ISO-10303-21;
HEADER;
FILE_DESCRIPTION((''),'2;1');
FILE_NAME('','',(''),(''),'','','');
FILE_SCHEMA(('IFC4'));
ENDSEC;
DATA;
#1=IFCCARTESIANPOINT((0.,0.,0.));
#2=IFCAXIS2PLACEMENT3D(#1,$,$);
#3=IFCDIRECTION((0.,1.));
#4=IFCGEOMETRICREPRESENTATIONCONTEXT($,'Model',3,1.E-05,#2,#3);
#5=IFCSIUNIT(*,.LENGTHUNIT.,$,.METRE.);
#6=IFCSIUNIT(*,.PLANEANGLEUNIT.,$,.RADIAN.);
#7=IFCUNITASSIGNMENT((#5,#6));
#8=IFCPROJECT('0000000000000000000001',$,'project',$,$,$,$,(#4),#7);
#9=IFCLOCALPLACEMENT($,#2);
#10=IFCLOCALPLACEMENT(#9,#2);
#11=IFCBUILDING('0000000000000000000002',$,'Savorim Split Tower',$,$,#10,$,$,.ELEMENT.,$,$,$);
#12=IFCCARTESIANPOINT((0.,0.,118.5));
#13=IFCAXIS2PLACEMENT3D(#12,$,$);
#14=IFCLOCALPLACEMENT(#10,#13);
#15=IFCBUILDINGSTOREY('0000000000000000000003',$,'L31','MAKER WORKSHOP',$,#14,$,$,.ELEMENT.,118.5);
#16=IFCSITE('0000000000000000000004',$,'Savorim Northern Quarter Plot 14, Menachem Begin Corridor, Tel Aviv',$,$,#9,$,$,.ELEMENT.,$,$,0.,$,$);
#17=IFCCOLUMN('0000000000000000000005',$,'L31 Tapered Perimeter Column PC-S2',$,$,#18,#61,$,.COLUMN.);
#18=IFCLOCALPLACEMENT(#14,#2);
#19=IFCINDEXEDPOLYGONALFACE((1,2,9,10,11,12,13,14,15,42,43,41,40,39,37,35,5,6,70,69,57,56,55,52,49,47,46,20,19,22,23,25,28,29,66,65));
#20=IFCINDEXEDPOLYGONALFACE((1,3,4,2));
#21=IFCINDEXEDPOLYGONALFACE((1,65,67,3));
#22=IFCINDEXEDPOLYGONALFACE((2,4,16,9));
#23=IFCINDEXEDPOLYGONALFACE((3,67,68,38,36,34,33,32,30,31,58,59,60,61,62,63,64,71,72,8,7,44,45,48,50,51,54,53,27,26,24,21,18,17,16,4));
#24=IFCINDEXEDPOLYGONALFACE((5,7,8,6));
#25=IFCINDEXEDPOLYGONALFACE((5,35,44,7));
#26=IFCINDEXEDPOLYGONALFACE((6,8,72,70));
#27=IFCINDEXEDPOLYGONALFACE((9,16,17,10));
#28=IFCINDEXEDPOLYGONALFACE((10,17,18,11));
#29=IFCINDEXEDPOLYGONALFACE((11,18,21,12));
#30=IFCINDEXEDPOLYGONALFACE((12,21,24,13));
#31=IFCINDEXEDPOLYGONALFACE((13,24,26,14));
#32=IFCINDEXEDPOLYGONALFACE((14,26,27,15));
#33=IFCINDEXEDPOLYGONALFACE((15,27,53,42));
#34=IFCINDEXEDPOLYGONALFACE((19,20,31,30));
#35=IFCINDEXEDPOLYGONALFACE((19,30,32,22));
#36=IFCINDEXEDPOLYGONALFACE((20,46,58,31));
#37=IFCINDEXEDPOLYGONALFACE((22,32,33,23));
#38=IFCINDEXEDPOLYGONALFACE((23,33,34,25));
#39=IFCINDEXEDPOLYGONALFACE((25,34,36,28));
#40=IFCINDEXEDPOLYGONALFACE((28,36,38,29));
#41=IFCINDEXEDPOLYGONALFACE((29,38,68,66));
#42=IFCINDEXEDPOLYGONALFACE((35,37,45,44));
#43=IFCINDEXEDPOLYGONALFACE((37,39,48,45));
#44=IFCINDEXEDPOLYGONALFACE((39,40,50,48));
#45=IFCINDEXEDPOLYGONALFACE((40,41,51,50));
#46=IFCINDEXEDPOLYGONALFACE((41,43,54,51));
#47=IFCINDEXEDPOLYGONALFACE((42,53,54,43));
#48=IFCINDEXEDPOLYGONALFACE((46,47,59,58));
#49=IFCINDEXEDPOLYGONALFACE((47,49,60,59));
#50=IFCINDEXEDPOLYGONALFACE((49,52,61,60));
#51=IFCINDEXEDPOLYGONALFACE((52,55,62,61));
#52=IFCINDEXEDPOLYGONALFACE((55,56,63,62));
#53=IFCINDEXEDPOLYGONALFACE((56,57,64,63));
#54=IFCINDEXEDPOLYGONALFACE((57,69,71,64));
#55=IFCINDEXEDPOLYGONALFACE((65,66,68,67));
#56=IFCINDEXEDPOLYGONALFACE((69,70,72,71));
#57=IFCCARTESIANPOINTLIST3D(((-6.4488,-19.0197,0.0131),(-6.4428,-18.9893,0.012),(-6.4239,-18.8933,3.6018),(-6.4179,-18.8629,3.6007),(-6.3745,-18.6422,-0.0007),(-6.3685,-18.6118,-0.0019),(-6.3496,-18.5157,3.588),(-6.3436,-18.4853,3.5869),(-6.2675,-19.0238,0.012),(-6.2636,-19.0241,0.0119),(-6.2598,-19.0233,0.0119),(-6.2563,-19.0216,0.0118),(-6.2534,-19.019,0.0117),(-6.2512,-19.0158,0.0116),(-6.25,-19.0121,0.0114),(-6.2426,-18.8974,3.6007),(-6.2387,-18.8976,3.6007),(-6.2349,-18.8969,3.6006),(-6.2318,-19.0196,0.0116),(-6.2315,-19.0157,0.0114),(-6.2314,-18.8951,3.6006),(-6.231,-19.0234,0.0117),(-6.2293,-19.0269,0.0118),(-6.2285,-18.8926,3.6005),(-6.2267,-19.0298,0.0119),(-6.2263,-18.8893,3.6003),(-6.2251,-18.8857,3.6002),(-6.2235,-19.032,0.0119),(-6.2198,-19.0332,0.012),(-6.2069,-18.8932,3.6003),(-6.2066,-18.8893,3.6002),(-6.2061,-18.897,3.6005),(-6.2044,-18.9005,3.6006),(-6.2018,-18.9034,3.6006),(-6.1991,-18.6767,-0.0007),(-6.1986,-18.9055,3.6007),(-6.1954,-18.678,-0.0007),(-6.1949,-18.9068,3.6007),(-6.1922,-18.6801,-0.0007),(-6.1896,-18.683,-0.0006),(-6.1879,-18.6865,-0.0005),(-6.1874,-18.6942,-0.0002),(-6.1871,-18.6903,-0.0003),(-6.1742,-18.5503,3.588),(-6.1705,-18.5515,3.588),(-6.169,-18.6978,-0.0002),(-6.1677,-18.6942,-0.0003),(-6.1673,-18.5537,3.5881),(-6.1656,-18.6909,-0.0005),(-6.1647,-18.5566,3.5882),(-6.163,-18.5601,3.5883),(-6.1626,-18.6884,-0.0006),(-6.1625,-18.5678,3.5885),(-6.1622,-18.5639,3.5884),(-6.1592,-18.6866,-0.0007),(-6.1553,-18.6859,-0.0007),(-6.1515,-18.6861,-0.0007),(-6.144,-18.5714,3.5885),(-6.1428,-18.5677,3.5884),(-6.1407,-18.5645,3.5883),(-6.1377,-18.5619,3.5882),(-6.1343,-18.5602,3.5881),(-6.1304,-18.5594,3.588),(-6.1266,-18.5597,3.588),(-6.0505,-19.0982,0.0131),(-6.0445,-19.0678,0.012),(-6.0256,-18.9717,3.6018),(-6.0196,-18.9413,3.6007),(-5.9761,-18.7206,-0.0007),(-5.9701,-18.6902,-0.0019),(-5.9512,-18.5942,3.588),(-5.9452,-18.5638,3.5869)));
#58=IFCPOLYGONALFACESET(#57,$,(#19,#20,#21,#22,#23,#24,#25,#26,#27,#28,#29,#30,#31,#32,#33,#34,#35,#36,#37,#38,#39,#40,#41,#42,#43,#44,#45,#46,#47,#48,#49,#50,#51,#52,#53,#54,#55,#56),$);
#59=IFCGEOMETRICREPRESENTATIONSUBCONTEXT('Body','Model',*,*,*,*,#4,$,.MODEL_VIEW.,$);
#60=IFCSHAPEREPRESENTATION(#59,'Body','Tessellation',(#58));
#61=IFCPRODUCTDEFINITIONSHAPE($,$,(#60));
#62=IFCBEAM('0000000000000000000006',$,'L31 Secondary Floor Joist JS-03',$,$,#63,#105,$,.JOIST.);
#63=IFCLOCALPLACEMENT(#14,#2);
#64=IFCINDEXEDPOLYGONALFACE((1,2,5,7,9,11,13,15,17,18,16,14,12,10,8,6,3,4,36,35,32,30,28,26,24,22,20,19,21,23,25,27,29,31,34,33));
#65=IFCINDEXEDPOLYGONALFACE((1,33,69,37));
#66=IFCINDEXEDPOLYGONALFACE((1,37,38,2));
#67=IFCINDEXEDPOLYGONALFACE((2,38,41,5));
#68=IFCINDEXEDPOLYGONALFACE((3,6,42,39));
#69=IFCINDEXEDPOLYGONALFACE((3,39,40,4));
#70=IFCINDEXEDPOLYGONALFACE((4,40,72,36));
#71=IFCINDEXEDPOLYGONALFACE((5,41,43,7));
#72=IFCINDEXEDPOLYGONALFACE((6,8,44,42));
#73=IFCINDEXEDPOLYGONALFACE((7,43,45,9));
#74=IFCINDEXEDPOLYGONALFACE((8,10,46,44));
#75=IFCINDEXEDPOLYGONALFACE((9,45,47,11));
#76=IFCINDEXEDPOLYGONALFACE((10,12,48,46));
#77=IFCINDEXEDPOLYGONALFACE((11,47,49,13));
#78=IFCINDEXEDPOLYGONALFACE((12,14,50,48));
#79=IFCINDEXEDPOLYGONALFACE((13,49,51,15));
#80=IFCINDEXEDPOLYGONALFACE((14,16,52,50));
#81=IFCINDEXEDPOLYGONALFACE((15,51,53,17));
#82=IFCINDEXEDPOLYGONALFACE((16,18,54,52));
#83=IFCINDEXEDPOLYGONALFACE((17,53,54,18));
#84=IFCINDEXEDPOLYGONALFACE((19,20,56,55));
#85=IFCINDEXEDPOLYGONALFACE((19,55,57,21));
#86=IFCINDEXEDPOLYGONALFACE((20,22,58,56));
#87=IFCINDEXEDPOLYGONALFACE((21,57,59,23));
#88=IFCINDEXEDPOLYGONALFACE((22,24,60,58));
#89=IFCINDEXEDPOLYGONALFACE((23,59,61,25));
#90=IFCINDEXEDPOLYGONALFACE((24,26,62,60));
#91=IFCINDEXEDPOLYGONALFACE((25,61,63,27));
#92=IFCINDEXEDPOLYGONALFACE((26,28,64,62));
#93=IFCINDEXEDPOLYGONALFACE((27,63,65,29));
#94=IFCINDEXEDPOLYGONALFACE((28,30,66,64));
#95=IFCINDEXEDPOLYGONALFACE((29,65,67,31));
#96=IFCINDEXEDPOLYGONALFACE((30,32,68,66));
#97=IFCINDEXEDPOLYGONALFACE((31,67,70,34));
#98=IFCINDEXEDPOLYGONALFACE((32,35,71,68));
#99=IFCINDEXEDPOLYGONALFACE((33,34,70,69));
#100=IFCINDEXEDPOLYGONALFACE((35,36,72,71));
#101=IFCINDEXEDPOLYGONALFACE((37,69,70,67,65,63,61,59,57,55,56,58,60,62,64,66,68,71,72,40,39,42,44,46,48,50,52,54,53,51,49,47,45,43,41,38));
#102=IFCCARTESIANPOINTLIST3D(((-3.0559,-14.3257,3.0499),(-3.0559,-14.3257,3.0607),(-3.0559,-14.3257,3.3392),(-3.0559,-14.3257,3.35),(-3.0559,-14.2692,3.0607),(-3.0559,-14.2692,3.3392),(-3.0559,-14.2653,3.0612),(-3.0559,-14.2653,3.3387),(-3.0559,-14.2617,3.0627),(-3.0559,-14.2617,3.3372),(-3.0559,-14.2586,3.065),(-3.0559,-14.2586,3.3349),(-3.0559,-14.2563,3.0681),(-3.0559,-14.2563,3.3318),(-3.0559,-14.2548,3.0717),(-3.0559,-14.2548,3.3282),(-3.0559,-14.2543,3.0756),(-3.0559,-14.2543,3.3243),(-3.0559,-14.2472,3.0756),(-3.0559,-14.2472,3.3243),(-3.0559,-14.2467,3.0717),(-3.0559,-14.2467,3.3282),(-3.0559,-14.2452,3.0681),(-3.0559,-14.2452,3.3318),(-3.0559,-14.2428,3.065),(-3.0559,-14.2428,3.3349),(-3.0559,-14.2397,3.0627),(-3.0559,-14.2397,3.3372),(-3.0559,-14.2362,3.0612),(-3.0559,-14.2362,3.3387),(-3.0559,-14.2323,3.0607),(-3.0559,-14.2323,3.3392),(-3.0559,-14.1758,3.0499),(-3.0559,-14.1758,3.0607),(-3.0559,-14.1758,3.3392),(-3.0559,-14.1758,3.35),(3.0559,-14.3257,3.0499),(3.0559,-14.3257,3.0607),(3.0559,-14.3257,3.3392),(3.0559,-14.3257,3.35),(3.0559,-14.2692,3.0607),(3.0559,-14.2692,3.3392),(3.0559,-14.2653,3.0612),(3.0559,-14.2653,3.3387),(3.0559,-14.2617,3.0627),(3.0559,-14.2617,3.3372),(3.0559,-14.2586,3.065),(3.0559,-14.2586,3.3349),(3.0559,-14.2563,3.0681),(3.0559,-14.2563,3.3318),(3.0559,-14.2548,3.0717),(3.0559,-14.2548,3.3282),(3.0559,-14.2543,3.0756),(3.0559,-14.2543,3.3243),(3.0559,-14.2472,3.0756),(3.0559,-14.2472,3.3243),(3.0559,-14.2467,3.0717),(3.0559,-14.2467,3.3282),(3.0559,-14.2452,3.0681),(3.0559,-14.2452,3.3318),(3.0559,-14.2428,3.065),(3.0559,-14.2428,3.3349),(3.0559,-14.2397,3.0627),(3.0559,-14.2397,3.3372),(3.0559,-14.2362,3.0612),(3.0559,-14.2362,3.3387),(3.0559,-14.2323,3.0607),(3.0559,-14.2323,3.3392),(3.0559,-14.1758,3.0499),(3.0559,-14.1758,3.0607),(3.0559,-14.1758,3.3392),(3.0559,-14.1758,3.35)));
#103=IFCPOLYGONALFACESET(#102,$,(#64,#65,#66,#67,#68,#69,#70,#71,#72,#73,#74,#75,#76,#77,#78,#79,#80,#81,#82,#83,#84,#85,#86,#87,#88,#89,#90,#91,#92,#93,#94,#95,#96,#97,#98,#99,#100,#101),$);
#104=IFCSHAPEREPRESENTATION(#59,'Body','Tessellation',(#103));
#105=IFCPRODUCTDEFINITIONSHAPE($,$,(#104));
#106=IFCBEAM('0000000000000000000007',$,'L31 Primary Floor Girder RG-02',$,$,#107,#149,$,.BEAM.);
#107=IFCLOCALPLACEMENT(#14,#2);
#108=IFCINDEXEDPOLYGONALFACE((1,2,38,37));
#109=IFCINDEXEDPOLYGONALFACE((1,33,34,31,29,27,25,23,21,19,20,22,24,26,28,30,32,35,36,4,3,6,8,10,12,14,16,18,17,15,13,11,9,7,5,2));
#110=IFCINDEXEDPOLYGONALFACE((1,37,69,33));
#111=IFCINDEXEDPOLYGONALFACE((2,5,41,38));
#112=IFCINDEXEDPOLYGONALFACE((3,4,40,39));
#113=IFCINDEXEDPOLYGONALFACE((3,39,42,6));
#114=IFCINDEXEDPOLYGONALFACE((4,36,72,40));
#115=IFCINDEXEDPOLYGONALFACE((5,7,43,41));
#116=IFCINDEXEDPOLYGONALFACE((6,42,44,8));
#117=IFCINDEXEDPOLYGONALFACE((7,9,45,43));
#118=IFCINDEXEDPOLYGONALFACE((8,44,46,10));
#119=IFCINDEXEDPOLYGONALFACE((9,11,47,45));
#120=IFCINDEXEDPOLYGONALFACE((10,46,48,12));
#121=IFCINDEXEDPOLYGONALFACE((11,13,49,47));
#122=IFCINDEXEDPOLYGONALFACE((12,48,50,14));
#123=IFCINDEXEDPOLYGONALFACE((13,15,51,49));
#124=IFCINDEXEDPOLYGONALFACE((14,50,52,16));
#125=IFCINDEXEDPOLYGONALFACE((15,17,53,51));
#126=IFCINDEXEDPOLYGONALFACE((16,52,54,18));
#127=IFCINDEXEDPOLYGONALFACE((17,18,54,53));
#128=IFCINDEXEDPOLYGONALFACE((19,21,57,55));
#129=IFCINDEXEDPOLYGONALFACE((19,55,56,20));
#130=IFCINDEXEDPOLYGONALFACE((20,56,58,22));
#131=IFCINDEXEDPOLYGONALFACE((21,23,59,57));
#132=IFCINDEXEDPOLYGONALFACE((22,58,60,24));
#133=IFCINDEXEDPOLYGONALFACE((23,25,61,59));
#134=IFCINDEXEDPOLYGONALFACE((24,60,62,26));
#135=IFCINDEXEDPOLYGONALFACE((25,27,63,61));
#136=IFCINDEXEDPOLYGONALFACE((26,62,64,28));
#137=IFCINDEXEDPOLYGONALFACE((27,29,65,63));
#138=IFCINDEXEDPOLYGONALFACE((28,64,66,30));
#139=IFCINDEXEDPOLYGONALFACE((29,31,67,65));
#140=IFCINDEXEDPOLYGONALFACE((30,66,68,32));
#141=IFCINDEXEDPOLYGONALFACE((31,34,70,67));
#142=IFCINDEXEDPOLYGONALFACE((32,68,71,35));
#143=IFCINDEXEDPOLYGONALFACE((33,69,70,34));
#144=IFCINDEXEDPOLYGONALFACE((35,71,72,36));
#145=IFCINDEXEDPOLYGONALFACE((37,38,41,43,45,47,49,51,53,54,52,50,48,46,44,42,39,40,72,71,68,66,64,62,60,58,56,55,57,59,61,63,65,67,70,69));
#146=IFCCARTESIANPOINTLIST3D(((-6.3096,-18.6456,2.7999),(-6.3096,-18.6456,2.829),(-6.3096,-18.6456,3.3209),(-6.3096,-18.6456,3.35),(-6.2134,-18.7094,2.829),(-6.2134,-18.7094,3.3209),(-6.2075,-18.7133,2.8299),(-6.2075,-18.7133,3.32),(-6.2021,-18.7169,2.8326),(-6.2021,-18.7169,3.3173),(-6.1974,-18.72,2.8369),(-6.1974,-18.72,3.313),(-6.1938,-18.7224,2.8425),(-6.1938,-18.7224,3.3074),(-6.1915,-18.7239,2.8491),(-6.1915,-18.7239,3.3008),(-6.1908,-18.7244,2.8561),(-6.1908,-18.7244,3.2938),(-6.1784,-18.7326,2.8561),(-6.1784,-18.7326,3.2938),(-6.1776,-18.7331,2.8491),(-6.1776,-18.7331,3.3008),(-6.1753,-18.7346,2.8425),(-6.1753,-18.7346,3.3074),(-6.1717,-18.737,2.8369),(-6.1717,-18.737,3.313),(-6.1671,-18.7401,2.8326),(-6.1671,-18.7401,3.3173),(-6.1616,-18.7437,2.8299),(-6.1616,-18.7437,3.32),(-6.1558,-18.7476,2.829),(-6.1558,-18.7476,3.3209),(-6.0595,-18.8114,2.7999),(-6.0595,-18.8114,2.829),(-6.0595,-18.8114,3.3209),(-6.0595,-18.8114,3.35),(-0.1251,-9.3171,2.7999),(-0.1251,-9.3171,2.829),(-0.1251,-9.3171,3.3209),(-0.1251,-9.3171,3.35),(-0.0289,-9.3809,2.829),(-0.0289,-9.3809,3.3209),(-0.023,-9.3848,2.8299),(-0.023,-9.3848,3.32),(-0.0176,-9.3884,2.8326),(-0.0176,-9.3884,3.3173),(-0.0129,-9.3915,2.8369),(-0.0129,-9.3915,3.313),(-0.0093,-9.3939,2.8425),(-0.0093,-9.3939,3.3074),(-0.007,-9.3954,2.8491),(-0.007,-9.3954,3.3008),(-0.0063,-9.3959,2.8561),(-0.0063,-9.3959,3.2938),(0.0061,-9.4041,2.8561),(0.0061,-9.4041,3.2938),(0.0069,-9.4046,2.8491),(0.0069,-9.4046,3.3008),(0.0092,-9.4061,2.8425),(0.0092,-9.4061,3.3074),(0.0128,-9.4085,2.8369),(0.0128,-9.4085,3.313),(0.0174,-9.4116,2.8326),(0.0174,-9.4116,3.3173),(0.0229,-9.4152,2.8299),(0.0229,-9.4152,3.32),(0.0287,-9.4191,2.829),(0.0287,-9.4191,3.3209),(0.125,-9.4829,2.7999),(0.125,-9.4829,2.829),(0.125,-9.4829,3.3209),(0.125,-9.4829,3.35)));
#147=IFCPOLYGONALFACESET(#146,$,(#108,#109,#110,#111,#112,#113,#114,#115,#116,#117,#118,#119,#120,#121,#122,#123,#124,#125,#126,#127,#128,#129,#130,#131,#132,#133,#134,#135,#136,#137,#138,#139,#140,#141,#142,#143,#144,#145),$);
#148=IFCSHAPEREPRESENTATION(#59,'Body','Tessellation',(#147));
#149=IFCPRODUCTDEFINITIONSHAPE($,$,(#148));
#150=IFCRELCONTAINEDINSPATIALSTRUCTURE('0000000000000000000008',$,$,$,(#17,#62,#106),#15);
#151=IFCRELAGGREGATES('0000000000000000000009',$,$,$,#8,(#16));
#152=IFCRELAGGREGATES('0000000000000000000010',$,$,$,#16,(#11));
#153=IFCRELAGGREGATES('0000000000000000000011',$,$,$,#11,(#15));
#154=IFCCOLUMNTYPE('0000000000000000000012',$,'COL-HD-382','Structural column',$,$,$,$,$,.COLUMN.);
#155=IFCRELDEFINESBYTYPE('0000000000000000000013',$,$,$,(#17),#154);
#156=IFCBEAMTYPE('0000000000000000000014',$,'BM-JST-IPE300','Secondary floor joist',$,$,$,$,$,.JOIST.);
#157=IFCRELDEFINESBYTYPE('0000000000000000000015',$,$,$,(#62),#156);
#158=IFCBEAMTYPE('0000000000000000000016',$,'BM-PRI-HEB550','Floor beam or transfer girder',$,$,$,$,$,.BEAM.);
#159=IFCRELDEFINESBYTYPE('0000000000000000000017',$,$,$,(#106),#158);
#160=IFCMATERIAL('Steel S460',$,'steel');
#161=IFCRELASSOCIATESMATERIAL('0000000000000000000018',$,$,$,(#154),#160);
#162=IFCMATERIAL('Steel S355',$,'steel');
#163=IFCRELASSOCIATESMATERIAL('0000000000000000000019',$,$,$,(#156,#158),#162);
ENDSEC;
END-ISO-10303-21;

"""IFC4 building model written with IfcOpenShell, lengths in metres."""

from ifc_helpers import new_model, si_unit, direction, frame, origin, origin_2d, place, context, subcontext, project, spatial, i_section, extrude, material, material_profile, profile_set, type_object, element, save


model = new_model("IFC4")

# Units and contexts
model_context = context("Model", 3, precision=1e-05, world=origin(), true_north=direction((0.0, 1.0)))
body_context = subcontext(model_context, "Body", "Model", "MODEL_VIEW")
ifc_project = project(units=[si_unit("LENGTHUNIT", "METRE"), si_unit("PLANEANGLEUNIT", "RADIAN")], contexts=[model_context])

# Site, building, storey
site_placement = place(None, origin())
site = spatial("IfcSite", under=ifc_project, at=site_placement, Name="Savorim Northern Quarter Plot 14, Menachem Begin Corridor, Tel Aviv", CompositionType="ELEMENT", RefElevation=0.0)
building_placement = place(site_placement, origin())
building = spatial("IfcBuilding", under=site, at=building_placement, Name="Savorim Split Tower", CompositionType="ELEMENT")
storey_placement = place(building_placement, frame((0.0, 0.0, 118.5)))
storey = spatial("IfcBuildingStorey", under=building, at=storey_placement, Name="L31", Description="MAKER WORKSHOP", CompositionType="ELEMENT", Elevation=118.5)

# Column
ifc_material_1 = material(Name="Steel S460", Category="steel")
ifc_material_profile_1 = material_profile(ifc_material_1, i_section(OverallWidth=0.406, OverallDepth=0.416, WebThickness=0.0188, FlangeThickness=0.031, FilletRadius=0.0149, at=origin_2d()), Name="HD 400x382")
ifc_profile_set_1 = profile_set([ifc_material_profile_1], Name="Steel S460")
column_type = type_object("IfcColumnType", Name="COL-HD-382", Description="Structural column", PredefinedType="COLUMN", material=ifc_profile_set_1)
column_placement = place(storey_placement, frame((-6.2095, -18.855, 0.0056), z_axis=(0.006934, 0.035215, 0.999356), x_axis=(-0.981159, 0.193201, 0.0)))
element("IfcColumn", 1, at=column_placement, inside=storey, type_object=column_type, Name="L31 Tapered Perimeter Column PC-S2", PredefinedType="COLUMN", context=body_context, shape_type="SweptSolid", body=[
    extrude(i_section(OverallWidth=0.406, OverallDepth=0.416, WebThickness=0.0188, FlangeThickness=0.031, FilletRadius=0.0149, at=origin_2d()), origin(), (0.0, 0.0, 1.0), 3.5911),
])

# Beams
ifc_material_2 = material(Name="Steel S355", Category="steel")
ifc_material_profile_2 = material_profile(ifc_material_2, i_section(OverallWidth=0.1499, OverallDepth=0.3, WebThickness=0.0071, FlangeThickness=0.0107, FilletRadius=0.0149, at=origin_2d()), Name="IPE 300")
ifc_profile_set_2 = profile_set([ifc_material_profile_2], Name="Steel S355")
beam_type_1 = type_object("IfcBeamType", Name="BM-JST-IPE300", Description="Secondary floor joist", PredefinedType="JOIST", material=ifc_profile_set_2)
beam_1_placement = place(storey_placement, frame((-3.0559, -14.2507, 3.2), z_axis=(1.0, 0.0, 0.0), x_axis=(0.0, 1.0, 0.0)))
element("IfcBeam", 2, at=beam_1_placement, inside=storey, type_object=beam_type_1, Name="L31 Secondary Floor Joist JS-03", PredefinedType="JOIST", context=body_context, shape_type="SweptSolid", body=[
    extrude(i_section(OverallWidth=0.1499, OverallDepth=0.3, WebThickness=0.0071, FlangeThickness=0.0107, FilletRadius=0.0149, at=origin_2d()), origin(), (0.0, 0.0, 1.0), 6.1118),
])
ifc_material_profile_3 = material_profile(ifc_material_2, i_section(OverallWidth=0.3, OverallDepth=0.55, WebThickness=0.0149, FlangeThickness=0.0291, FilletRadius=0.0271, at=origin_2d()), Name="HEB 550")
ifc_profile_set_3 = profile_set([ifc_material_profile_3], Name="Steel S355")
beam_type_2 = type_object("IfcBeamType", Name="BM-PRI-HEB550", Description="Floor beam or transfer girder", PredefinedType="BEAM", material=ifc_profile_set_3)
beam_2_placement = place(storey_placement, frame((-6.1846, -18.7285, 3.075), z_axis=(0.552564, 0.83347, 0.0), x_axis=(-0.83347, 0.552564, 0.0)))
element("IfcBeam", 3, at=beam_2_placement, inside=storey, type_object=beam_type_2, Name="L31 Primary Floor Girder RG-02", PredefinedType="BEAM", context=body_context, shape_type="SweptSolid", body=[
    extrude(i_section(OverallWidth=0.3, OverallDepth=0.55, WebThickness=0.0149, FlangeThickness=0.0291, FilletRadius=0.0271, at=origin_2d()), origin(), (0.0, 0.0, 1.0), 11.1924),
])

save(model, "model.ifc")
